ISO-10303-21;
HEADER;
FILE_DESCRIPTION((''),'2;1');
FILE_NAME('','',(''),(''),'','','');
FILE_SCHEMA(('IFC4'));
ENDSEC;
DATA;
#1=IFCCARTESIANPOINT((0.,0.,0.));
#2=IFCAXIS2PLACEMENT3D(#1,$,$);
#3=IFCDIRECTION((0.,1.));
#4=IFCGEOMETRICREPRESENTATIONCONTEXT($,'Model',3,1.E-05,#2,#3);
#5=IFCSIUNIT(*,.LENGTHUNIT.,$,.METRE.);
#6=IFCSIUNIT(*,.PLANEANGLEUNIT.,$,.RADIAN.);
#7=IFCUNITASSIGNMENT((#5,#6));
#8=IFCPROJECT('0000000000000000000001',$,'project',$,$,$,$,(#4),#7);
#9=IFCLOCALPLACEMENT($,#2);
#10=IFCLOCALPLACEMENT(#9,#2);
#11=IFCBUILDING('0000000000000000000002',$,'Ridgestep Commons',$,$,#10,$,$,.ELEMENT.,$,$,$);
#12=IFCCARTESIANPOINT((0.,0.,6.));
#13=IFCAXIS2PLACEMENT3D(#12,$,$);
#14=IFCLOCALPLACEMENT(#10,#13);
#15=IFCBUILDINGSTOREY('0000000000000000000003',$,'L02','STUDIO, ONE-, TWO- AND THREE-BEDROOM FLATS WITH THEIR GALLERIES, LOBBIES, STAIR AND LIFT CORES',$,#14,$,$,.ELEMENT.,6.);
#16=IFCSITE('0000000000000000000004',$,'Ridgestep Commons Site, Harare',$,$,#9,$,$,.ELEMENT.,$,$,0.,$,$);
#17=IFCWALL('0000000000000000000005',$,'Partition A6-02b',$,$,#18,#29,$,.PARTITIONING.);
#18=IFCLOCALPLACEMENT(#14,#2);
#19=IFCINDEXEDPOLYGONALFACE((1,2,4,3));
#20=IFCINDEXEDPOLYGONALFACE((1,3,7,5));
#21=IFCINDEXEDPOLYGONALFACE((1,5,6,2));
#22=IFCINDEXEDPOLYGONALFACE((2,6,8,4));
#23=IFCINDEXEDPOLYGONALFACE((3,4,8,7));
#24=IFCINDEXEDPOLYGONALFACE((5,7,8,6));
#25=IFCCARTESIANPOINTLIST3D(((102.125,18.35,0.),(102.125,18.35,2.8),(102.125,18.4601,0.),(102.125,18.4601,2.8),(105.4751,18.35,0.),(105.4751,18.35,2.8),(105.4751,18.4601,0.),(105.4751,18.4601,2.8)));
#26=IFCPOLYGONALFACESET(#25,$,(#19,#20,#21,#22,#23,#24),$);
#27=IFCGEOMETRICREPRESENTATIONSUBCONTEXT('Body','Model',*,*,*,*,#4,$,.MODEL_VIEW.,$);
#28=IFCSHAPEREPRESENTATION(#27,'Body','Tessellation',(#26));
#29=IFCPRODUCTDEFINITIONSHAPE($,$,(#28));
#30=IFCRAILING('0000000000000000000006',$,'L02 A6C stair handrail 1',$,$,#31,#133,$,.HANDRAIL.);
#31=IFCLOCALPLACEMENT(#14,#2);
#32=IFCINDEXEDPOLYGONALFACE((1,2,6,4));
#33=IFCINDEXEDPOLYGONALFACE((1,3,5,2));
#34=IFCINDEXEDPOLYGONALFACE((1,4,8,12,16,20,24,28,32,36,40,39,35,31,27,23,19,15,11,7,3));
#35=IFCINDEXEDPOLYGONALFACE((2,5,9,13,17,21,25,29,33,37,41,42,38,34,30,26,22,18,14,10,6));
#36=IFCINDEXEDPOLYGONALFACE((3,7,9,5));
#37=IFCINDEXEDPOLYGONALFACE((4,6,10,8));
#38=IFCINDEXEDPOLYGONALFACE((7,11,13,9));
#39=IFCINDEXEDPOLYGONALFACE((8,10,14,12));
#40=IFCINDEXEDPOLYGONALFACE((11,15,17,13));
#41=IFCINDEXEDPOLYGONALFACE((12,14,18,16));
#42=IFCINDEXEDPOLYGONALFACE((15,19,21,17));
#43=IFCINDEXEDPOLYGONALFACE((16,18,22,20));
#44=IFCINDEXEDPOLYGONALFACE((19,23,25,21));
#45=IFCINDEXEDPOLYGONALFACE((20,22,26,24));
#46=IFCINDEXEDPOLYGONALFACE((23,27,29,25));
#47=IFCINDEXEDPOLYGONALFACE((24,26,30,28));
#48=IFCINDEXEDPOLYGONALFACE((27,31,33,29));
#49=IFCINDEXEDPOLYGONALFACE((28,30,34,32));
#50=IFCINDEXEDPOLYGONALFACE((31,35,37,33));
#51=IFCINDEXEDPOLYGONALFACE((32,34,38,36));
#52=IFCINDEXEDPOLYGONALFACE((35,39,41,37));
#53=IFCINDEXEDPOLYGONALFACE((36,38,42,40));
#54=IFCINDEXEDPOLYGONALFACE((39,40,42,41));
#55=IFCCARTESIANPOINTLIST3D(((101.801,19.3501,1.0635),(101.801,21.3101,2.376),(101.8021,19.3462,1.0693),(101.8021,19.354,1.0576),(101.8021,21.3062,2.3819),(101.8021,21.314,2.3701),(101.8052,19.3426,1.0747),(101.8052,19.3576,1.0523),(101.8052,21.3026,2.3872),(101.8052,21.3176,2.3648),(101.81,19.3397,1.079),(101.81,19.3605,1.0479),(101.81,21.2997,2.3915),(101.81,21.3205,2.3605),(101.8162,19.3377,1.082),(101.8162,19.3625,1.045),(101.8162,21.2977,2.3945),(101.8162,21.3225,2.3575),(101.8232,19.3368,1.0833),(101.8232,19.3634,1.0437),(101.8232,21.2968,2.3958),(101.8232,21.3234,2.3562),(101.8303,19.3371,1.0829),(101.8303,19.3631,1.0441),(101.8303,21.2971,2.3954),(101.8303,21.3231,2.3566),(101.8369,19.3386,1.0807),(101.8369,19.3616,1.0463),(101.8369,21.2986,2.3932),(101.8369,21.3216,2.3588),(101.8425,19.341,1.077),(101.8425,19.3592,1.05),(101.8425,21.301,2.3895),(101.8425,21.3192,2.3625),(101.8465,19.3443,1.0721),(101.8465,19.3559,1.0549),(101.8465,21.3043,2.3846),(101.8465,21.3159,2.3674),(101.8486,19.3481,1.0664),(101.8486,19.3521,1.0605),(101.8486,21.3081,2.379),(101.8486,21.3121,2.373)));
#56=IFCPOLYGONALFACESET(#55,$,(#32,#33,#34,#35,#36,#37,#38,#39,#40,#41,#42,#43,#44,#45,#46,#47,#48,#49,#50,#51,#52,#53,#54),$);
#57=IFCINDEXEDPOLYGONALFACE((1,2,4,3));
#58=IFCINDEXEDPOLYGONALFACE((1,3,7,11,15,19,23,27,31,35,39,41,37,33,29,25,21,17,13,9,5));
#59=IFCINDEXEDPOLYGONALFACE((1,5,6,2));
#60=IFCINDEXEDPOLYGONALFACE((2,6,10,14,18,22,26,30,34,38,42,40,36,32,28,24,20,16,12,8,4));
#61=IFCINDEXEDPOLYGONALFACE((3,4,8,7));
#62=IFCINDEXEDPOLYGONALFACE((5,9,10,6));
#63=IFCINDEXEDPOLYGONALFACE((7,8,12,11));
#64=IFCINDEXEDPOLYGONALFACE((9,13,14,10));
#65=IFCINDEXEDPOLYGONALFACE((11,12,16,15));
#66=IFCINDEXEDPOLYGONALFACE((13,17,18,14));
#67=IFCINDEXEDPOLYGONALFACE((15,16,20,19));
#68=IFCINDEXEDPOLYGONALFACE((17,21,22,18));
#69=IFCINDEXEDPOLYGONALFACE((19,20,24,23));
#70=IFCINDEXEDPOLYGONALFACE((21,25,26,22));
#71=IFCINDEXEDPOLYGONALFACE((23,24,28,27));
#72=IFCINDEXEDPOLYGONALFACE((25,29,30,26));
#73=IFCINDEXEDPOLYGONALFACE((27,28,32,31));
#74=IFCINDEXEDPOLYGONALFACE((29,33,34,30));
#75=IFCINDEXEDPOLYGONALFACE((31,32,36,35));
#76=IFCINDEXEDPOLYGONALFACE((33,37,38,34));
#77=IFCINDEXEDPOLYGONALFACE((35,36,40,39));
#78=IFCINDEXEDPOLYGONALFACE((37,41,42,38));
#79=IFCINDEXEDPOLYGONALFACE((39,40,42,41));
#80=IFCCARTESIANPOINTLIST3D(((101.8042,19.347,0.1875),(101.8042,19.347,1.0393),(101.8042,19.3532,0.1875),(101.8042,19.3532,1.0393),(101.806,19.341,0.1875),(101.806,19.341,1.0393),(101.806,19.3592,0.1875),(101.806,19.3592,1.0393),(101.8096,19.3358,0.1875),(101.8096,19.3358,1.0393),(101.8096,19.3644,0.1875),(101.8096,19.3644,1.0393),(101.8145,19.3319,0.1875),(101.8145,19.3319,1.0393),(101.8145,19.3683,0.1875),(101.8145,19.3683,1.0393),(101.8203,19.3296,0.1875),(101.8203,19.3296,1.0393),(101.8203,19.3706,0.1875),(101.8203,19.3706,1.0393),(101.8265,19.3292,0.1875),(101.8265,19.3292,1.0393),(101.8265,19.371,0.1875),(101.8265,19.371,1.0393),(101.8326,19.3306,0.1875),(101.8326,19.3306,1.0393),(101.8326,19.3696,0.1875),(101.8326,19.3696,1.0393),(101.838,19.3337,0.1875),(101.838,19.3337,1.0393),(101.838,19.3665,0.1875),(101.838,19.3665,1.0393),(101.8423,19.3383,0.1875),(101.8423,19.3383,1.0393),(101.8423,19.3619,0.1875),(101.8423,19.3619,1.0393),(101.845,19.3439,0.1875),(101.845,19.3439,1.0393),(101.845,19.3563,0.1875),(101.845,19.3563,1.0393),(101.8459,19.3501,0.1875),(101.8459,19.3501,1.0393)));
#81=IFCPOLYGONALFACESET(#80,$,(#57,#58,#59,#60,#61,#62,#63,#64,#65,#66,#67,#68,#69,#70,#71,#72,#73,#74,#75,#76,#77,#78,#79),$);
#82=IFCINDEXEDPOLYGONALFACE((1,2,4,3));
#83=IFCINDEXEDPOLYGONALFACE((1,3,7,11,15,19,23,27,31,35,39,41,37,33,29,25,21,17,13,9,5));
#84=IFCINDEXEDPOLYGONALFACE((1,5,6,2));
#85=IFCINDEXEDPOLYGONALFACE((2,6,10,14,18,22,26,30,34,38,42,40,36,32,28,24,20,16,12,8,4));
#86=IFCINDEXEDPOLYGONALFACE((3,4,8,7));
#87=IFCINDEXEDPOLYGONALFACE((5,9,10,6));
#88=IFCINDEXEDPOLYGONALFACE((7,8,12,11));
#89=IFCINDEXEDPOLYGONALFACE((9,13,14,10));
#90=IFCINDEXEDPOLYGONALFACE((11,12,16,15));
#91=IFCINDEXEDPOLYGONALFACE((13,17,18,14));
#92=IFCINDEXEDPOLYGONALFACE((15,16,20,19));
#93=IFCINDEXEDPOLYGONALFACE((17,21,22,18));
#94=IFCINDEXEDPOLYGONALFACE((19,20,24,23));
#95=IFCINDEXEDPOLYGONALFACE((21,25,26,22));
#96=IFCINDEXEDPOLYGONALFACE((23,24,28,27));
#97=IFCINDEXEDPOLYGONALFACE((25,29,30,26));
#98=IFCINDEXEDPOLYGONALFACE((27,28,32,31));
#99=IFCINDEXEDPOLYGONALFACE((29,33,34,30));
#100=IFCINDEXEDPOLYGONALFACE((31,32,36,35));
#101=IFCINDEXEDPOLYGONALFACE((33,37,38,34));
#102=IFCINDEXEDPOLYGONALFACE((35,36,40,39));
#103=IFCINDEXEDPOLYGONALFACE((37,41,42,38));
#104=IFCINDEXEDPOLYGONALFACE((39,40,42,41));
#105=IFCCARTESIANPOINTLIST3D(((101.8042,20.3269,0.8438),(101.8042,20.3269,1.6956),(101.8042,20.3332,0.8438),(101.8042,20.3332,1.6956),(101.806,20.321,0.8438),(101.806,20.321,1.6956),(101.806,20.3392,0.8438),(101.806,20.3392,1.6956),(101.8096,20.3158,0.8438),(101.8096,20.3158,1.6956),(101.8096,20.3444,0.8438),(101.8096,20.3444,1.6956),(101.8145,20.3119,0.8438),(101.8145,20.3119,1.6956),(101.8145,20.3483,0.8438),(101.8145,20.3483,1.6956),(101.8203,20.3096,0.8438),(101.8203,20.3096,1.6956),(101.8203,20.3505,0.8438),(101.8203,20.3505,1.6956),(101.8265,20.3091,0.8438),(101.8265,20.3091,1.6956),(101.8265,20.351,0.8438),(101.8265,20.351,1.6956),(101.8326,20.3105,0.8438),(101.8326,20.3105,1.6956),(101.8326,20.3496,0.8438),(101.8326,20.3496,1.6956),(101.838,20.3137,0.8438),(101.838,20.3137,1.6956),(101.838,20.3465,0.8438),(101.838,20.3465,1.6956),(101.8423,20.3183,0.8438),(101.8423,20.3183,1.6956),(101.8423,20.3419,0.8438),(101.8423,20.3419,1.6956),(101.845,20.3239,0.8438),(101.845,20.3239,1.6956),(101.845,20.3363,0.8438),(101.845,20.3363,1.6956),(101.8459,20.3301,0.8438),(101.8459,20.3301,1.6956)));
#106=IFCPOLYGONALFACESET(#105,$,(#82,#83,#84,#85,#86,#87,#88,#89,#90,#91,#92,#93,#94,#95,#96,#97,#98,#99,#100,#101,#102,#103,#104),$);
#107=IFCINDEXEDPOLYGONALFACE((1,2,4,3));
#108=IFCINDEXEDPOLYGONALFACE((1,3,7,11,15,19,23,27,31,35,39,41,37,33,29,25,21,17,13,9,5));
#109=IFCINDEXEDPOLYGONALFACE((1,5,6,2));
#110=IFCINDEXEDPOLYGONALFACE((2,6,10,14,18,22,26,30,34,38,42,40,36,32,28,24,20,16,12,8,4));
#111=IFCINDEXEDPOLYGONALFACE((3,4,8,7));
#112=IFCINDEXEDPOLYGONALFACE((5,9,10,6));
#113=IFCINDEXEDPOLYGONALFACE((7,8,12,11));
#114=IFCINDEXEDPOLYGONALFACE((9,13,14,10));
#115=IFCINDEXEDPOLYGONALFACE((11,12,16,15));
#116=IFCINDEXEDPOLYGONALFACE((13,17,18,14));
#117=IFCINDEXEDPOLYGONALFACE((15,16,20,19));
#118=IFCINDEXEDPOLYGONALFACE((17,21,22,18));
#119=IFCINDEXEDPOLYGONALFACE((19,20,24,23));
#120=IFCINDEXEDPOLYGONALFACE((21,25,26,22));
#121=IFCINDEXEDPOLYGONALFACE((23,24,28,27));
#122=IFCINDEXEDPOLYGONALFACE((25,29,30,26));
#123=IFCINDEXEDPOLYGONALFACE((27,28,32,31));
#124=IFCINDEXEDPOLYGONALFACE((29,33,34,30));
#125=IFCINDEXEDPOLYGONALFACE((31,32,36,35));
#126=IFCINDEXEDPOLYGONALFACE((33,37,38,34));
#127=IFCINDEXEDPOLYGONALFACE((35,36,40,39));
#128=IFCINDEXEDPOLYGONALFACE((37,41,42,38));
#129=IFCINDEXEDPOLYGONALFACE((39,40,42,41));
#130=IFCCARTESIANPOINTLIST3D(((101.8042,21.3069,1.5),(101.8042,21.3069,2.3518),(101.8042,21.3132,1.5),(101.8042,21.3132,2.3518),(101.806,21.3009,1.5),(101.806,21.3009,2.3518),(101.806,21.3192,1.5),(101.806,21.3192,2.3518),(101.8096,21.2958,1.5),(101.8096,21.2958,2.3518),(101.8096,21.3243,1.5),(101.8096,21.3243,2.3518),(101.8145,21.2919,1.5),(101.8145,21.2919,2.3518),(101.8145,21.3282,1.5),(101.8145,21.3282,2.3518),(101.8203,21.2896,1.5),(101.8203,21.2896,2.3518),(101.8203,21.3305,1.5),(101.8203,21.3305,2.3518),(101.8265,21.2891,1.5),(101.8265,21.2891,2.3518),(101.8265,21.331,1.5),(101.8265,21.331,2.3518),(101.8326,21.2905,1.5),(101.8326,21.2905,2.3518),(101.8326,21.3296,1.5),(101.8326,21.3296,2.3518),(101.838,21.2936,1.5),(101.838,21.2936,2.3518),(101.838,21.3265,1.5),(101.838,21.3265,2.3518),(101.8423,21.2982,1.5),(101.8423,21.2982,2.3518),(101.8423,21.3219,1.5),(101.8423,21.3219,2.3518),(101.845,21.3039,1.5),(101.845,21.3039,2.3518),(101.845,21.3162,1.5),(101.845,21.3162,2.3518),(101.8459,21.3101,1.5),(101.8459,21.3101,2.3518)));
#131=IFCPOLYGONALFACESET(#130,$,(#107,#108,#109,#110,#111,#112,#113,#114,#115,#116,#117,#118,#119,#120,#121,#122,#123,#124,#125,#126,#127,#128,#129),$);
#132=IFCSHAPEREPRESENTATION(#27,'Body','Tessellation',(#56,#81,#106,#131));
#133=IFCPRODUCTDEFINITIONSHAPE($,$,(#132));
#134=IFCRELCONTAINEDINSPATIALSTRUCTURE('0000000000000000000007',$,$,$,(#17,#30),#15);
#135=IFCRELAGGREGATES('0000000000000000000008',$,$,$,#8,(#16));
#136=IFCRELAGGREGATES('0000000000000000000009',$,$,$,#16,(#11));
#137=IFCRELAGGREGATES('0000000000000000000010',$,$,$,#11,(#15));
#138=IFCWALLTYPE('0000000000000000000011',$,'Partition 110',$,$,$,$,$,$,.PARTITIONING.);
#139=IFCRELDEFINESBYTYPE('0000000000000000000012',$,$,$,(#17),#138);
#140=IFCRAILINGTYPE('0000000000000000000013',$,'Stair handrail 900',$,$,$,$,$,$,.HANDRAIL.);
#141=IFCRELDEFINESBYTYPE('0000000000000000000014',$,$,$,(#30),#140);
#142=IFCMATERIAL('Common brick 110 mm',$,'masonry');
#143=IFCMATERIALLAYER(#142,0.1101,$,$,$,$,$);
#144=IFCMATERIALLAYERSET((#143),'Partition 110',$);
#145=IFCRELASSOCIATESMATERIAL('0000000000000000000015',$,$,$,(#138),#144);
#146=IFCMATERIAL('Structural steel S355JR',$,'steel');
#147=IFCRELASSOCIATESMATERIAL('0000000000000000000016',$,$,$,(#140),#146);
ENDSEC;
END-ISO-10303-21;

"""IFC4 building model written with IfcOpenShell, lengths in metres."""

from ifc_helpers import new_model, si_unit, direction, frame, frame_2d, origin, origin_2d, place, context, subcontext, project, spatial, rectangle, circle, extrude, material, layer, layer_set, type_object, element, save


model = new_model("IFC4")

# Units and contexts
model_context = context("Model", 3, precision=1e-05, world=origin(), true_north=direction((0.0, 1.0)))
body_context = subcontext(model_context, "Body", "Model", "MODEL_VIEW")
ifc_project = project(units=[si_unit("LENGTHUNIT", "METRE"), si_unit("PLANEANGLEUNIT", "RADIAN")], contexts=[model_context])

# Site, building, storey
site_placement = place(None, origin())
site = spatial("IfcSite", under=ifc_project, at=site_placement, Name="Ridgestep Commons Site, Harare", CompositionType="ELEMENT", RefElevation=0.0)
building_placement = place(site_placement, origin())
building = spatial("IfcBuilding", under=site, at=building_placement, Name="Ridgestep Commons", CompositionType="ELEMENT")
storey_placement = place(building_placement, frame((0.0, 0.0, 6.0)))
storey = spatial("IfcBuildingStorey", under=building, at=storey_placement, Name="L02", Description="STUDIO, ONE-, TWO- AND THREE-BEDROOM FLATS WITH THEIR GALLERIES, LOBBIES, STAIR AND LIFT CORES", CompositionType="ELEMENT", Elevation=6.0)

# Shared definitions
ifc_material_1 = material(Name="Common brick 110 mm", Category="masonry")
ifc_layer_1 = layer(ifc_material_1, 0.1101)
ifc_layer_set_1 = layer_set([ifc_layer_1], Name="Partition 110")
wall_type_1 = type_object("IfcWallType", Name="Partition 110", PredefinedType="PARTITIONING", material=ifc_layer_set_1)

# Wall
wall_1_placement = place(storey_placement, frame((102.125, 18.405, 0.0), z_axis=(0.0, 0.0, 1.0), x_axis=(1.0, 0.0, 0.0)))
element("IfcWall", 1, at=wall_1_placement, inside=storey, type_object=wall_type_1, Name="Partition A6-02b", PredefinedType="PARTITIONING", context=body_context, shape_type="SweptSolid", body=[
    extrude(rectangle(XDim=3.3501, YDim=0.1101, at=frame_2d((1.675, 0.0))), origin(), (0.0, 0.0, 1.0), 2.8),
])

# Railing
ifc_material_2 = material(Name="Structural steel S355JR", Category="steel")
railing_type_1 = type_object("IfcRailingType", Name="Stair handrail 900", PredefinedType="HANDRAIL", material=ifc_material_2)
railing_1_placement = place(storey_placement, frame((101.825, 19.3501, 0.1875)))
element("IfcRailing", 2, at=railing_1_placement, inside=storey, type_object=railing_type_1, Name="L02 A6C stair handrail 1", PredefinedType="HANDRAIL", context=body_context, shape_type="SweptSolid", body=[
    extrude(circle(Radius=0.0239, at=origin_2d()), frame((0.0, 0.0, 0.876), z_axis=(0.0, 0.830902, 0.556419), x_axis=(-1.0, 0.0, 0.0)), (0.0, 0.0, 1.0), 2.3589),
    extrude(circle(Radius=0.021, at=origin_2d()), origin(), (0.0, 0.0, 1.0), 0.8518),
    extrude(circle(Radius=0.021, at=origin_2d()), frame((0.0, 0.98, 0.6562)), (0.0, 0.0, 1.0), 0.8518),
    extrude(circle(Radius=0.021, at=origin_2d()), frame((0.0, 1.96, 1.3125)), (0.0, 0.0, 1.0), 0.8518),
])

save(model, "model.ifc")
